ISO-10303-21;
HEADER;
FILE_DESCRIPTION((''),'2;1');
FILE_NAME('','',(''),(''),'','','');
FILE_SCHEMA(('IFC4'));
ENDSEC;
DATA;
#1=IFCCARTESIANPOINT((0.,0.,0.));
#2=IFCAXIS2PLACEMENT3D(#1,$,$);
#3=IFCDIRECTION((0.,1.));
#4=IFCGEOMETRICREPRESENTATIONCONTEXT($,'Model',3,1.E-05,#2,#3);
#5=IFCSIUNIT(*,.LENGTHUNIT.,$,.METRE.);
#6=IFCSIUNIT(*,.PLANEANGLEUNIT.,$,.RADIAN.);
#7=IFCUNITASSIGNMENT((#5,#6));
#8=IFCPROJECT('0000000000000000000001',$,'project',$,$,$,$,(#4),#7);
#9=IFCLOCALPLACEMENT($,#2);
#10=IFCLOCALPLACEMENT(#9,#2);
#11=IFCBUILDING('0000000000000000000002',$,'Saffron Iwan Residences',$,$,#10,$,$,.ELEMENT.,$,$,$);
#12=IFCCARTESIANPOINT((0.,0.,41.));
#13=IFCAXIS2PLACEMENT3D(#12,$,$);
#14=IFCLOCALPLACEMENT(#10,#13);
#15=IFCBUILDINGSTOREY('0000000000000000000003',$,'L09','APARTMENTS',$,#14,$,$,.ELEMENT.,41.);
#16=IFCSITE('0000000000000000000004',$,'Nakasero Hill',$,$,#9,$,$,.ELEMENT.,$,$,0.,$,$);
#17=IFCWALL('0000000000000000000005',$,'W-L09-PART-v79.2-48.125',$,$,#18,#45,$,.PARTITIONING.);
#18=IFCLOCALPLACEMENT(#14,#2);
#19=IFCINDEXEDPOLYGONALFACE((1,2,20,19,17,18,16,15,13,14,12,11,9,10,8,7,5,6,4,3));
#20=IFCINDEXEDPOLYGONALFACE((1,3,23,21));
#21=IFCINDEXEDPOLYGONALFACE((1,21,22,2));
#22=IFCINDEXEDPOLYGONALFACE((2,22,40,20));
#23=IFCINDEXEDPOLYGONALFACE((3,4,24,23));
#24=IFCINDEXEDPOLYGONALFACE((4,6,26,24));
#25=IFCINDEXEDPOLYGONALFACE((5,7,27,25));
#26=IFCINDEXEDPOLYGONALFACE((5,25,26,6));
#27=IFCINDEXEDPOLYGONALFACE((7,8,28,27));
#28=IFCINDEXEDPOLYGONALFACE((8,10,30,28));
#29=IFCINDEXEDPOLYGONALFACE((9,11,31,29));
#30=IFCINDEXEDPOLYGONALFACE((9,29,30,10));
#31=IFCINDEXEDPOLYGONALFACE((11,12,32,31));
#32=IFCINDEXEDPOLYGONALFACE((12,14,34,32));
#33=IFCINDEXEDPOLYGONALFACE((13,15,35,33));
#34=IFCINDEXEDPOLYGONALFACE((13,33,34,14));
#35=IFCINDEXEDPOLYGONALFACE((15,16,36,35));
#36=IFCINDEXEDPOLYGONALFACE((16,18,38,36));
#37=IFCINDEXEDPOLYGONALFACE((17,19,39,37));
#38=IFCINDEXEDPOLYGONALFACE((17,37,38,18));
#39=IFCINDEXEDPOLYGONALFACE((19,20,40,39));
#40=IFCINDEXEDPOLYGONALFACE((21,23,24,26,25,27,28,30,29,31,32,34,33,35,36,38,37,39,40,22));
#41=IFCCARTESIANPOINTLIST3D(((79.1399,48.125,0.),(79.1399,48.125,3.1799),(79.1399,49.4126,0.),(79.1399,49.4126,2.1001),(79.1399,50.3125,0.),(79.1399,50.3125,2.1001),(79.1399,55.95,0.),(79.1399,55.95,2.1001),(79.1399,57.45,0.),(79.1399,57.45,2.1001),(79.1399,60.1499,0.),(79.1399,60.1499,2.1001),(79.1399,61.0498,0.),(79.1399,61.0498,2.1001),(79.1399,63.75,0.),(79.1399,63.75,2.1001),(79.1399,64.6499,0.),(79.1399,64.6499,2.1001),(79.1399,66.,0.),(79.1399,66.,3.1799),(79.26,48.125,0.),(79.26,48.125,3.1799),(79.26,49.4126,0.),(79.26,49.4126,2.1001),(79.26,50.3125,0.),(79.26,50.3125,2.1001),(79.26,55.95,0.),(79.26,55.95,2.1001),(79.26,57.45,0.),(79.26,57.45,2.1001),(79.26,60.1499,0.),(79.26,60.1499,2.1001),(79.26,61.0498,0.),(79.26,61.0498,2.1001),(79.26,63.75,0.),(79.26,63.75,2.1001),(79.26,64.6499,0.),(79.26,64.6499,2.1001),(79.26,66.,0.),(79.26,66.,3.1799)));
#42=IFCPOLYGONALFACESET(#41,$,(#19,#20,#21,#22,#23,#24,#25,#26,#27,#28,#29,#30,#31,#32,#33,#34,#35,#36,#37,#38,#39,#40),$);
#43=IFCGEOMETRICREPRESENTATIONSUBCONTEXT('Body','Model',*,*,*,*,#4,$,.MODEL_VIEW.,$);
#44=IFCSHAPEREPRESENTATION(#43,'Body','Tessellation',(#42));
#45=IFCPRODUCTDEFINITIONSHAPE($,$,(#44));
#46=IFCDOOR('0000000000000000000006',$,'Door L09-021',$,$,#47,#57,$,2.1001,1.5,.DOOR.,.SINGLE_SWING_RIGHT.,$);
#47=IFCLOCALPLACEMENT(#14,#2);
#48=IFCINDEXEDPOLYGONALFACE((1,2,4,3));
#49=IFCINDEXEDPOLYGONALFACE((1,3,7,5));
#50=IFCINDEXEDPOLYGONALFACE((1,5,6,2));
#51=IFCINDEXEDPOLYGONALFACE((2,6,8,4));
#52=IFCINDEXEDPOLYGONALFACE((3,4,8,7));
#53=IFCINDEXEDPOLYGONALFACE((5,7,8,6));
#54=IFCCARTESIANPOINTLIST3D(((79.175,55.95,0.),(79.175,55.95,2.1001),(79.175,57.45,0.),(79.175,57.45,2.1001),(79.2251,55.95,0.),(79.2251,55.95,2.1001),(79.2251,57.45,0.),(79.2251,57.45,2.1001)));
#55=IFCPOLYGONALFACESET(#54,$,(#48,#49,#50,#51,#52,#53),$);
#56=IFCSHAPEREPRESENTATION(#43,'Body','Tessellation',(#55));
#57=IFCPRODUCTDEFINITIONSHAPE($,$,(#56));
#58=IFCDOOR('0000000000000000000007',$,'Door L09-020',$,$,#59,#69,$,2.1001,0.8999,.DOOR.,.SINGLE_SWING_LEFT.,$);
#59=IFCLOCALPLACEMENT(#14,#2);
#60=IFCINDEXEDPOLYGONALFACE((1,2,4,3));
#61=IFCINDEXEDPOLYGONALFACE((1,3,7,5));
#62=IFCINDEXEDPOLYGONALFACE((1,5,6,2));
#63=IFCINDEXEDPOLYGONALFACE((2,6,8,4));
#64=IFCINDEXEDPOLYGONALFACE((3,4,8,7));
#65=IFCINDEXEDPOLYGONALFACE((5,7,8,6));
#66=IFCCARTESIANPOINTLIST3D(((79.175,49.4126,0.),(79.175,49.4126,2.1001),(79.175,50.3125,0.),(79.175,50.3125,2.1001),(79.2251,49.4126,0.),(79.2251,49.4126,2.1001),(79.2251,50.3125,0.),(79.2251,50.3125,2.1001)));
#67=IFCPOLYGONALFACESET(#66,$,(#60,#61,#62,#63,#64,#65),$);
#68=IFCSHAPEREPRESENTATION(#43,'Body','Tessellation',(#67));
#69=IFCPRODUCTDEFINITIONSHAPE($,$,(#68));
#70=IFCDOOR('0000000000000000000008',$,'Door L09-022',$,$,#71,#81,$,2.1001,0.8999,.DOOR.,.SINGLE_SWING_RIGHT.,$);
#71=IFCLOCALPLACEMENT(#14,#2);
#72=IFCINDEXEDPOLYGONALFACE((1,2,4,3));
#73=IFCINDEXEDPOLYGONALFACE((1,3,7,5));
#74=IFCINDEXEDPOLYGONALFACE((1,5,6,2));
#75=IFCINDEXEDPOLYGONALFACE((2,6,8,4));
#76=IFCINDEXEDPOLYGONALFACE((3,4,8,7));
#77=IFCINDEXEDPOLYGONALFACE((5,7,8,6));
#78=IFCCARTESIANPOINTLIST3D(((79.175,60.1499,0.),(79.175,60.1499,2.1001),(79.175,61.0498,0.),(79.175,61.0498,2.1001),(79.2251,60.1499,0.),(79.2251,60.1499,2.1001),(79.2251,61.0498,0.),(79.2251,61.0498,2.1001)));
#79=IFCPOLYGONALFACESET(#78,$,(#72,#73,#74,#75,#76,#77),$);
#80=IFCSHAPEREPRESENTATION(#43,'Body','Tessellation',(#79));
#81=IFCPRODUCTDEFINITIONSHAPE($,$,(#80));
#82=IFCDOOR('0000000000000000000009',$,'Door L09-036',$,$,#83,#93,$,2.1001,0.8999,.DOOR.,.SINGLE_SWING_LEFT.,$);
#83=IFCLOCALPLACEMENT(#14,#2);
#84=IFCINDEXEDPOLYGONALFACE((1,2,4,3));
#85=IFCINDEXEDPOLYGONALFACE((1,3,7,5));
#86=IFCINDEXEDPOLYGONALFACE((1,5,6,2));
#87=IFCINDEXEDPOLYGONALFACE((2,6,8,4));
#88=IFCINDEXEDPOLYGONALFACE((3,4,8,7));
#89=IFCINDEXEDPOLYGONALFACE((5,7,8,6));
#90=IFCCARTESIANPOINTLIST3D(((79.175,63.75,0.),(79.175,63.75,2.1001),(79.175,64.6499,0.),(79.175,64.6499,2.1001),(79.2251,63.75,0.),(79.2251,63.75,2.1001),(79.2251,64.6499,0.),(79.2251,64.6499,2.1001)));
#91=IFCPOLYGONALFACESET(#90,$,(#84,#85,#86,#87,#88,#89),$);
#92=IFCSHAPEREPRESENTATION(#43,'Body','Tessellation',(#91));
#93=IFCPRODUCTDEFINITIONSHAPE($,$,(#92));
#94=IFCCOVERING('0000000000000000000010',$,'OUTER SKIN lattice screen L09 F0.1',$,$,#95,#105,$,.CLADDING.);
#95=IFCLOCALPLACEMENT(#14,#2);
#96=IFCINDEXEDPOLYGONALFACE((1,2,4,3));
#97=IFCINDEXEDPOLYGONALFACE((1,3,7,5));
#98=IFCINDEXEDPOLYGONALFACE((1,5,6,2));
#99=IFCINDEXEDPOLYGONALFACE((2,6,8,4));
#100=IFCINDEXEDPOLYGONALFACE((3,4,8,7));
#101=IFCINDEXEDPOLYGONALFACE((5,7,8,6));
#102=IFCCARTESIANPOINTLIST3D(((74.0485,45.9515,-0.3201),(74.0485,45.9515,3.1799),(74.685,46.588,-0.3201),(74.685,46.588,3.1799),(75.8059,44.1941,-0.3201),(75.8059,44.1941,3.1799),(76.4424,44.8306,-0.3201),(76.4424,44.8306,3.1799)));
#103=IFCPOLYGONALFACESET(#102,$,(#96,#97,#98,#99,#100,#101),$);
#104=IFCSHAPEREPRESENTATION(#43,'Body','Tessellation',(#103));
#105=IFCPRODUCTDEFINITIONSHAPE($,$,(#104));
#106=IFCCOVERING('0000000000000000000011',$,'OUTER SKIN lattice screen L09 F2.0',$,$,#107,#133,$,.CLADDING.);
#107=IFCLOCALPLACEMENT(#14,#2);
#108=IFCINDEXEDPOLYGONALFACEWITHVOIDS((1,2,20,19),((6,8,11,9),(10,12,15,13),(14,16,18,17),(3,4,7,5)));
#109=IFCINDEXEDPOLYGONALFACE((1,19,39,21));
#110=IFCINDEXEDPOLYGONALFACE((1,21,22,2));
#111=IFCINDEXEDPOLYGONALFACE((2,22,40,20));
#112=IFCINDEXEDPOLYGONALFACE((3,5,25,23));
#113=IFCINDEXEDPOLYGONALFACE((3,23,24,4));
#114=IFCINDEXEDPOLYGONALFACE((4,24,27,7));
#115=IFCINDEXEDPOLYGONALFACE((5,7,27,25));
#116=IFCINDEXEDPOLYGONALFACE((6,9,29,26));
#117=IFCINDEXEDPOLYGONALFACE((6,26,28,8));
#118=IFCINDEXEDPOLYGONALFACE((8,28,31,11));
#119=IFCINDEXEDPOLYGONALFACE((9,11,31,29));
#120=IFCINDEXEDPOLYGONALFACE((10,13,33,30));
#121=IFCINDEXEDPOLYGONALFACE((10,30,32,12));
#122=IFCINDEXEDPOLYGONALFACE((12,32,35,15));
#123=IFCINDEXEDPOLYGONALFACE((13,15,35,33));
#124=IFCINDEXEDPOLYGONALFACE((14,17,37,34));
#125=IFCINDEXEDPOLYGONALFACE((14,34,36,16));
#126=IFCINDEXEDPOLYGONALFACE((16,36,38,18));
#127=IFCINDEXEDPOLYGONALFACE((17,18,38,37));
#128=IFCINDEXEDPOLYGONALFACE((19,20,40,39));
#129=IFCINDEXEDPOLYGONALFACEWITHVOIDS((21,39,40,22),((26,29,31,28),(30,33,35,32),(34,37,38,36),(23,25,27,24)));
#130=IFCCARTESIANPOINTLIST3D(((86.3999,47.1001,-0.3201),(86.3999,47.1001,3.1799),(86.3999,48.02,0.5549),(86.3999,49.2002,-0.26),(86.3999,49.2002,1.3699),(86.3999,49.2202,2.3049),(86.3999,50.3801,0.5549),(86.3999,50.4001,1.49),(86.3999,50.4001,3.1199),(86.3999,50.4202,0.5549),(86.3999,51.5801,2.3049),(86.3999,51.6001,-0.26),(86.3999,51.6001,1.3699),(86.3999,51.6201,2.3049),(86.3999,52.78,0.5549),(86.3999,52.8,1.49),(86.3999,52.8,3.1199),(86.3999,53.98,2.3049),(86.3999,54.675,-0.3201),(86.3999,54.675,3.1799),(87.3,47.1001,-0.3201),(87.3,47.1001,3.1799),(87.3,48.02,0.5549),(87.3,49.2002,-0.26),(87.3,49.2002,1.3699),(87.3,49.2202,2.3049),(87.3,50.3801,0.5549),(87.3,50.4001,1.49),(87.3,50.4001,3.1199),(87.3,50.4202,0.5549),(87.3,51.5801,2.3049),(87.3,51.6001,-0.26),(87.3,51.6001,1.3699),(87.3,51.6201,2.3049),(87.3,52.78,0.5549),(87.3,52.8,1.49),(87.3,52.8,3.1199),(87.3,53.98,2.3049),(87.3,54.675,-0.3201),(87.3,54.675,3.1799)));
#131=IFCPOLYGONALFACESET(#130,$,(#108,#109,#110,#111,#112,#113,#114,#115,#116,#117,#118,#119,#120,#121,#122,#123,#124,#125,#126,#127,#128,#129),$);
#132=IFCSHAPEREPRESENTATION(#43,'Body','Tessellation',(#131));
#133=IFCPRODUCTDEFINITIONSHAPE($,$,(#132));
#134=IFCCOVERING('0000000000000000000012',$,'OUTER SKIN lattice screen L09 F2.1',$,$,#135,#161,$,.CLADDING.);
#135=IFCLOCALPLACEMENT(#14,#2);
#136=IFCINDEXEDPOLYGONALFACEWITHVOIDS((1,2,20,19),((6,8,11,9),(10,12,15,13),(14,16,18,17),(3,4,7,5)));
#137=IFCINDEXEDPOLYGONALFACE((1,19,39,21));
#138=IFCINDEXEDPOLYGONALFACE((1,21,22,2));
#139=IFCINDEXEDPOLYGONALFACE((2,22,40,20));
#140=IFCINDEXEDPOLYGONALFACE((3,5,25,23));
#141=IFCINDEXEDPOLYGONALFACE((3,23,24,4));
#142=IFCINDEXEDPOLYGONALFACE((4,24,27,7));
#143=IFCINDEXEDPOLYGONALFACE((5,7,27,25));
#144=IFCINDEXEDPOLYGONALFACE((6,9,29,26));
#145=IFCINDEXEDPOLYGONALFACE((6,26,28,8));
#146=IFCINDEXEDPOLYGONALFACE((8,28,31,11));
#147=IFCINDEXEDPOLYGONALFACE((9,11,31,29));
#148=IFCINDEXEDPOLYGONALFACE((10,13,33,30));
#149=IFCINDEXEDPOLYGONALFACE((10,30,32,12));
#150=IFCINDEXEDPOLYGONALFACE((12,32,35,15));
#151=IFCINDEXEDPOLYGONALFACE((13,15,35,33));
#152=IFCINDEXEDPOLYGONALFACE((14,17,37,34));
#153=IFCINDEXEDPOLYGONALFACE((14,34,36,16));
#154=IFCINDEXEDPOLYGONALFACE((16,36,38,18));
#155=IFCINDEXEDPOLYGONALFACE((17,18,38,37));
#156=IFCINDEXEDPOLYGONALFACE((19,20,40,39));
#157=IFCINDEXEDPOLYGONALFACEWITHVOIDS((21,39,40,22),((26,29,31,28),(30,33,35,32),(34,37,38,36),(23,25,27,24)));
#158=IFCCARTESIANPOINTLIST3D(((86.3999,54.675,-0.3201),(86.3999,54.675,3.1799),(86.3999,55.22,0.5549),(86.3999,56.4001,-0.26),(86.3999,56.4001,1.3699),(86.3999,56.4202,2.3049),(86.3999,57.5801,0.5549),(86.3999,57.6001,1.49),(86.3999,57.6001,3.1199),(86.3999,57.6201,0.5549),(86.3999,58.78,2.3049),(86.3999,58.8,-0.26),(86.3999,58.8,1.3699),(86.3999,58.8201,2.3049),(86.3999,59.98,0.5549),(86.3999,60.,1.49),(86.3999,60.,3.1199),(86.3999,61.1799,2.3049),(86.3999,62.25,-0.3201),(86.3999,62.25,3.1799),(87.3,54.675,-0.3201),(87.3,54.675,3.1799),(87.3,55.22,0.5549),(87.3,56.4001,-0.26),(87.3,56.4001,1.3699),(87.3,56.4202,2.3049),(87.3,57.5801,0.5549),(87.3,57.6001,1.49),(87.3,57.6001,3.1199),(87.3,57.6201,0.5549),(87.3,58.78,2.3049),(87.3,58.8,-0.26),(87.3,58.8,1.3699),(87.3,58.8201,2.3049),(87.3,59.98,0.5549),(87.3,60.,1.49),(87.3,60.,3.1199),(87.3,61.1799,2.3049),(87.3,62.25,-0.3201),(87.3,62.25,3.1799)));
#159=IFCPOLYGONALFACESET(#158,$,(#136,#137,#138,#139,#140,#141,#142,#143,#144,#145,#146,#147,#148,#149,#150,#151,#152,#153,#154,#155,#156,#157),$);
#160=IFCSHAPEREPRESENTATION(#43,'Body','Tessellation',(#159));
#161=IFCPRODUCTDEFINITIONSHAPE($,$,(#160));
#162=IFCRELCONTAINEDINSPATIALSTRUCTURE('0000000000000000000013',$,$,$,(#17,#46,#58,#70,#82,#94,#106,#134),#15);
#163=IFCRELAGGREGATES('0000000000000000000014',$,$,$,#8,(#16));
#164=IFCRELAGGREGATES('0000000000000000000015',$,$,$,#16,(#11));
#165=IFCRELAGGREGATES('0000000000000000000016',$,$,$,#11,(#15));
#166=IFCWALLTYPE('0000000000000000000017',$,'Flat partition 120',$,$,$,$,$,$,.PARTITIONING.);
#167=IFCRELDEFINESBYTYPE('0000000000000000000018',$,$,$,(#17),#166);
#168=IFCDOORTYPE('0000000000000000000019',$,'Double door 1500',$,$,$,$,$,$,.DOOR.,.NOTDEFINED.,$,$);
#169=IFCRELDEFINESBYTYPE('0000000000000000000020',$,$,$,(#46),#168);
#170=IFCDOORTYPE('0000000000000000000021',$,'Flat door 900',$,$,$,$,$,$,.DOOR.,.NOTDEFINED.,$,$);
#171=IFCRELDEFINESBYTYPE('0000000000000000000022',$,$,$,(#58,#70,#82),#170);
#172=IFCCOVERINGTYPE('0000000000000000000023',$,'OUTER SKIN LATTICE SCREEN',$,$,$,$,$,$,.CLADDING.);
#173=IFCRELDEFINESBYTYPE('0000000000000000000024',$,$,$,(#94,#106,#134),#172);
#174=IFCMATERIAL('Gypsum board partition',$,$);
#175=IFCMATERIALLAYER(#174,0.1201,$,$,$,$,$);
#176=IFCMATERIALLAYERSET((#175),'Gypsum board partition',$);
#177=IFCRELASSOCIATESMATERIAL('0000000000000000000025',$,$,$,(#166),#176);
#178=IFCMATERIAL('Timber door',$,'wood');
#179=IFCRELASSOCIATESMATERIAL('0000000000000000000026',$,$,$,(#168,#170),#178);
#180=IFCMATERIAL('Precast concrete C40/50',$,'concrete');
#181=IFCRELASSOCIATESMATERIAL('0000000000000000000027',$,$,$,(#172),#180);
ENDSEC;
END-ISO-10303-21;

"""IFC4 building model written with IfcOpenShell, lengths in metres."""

from ifc_helpers import new_model, si_unit, direction, frame, frame_2d, origin, place, context, subcontext, project, spatial, polyline, rectangle, outline, extrude, material, layer, layer_set, type_object, element, fill, save


model = new_model("IFC4")

# Units and contexts
model_context = context("Model", 3, precision=1e-05, world=origin(), true_north=direction((0.0, 1.0)))
body_context = subcontext(model_context, "Body", "Model", "MODEL_VIEW")
ifc_project = project(units=[si_unit("LENGTHUNIT", "METRE"), si_unit("PLANEANGLEUNIT", "RADIAN")], contexts=[model_context])

# Site, building, storey
site_placement = place(None, origin())
site = spatial("IfcSite", under=ifc_project, at=site_placement, Name="Nakasero Hill", CompositionType="ELEMENT", RefElevation=0.0)
building_placement = place(site_placement, origin())
building = spatial("IfcBuilding", under=site, at=building_placement, Name="Saffron Iwan Residences", CompositionType="ELEMENT")
storey_placement = place(building_placement, frame((0.0, 0.0, 41.0)))
storey = spatial("IfcBuildingStorey", under=building, at=storey_placement, Name="L09", Description="APARTMENTS", CompositionType="ELEMENT", Elevation=41.0)

# Shared definitions
ifc_material_1 = material(Name="Gypsum board partition")
ifc_layer_1 = layer(ifc_material_1, 0.1201)
ifc_layer_set_1 = layer_set([ifc_layer_1], Name="Gypsum board partition")
wall_type_1 = type_object("IfcWallType", Name="Flat partition 120", PredefinedType="PARTITIONING", material=ifc_layer_set_1)

# Shared definitions
ifc_material_2 = material(Name="Timber door", Category="wood")

# Wall, openings, doors
wall_1_placement = place(storey_placement, frame((79.2, 48.125, 0.0), z_axis=(0.0, 0.0, 1.0), x_axis=(0.0, 1.0, 0.0)))
wall_1 = element("IfcWall", 1, at=wall_1_placement, inside=storey, type_object=wall_type_1, Name="W-L09-PART-v79.2-48.125", PredefinedType="PARTITIONING", context=body_context, shape_type="SweptSolid", body=[
    extrude(rectangle(XDim=17.875, YDim=0.1201, at=frame_2d((8.9375, 0.0))), origin(), (0.0, 0.0, 1.0), 3.1799),
])
opening_1_placement = place(wall_1_placement, frame((1.2876, 0.0, 0.0)))
opening_1 = element("IfcOpeningElement", 2, at=opening_1_placement, cuts=wall_1, PredefinedType="OPENING", context=body_context, shape_type="SweptSolid", body=[
    extrude(rectangle(XDim=0.8999, YDim=2.1001, at=frame_2d((0.45, 1.05))), frame((0.0, 0.0701, 0.0), z_axis=(0.0, -1.0, 0.0), x_axis=(1.0, 0.0, 0.0)), (0.0, 0.0, 1.0), 0.1401),
])
opening_2_placement = place(wall_1_placement, frame((7.825, 0.0, 0.0)))
opening_2 = element("IfcOpeningElement", 3, at=opening_2_placement, cuts=wall_1, PredefinedType="OPENING", context=body_context, shape_type="SweptSolid", body=[
    extrude(rectangle(XDim=1.5, YDim=2.1001, at=frame_2d((0.75, 1.05))), frame((0.0, 0.0701, 0.0), z_axis=(0.0, -1.0, 0.0), x_axis=(1.0, 0.0, 0.0)), (0.0, 0.0, 1.0), 0.1401),
])
opening_3_placement = place(wall_1_placement, frame((12.0249, 0.0, 0.0)))
opening_3 = element("IfcOpeningElement", 4, at=opening_3_placement, cuts=wall_1, PredefinedType="OPENING", context=body_context, shape_type="SweptSolid", body=[
    extrude(rectangle(XDim=0.8999, YDim=2.1001, at=frame_2d((0.45, 1.05))), frame((0.0, 0.0701, 0.0), z_axis=(0.0, -1.0, 0.0), x_axis=(1.0, 0.0, 0.0)), (0.0, 0.0, 1.0), 0.1401),
])
opening_4_placement = place(wall_1_placement, frame((15.625, 0.0, 0.0)))
opening_4 = element("IfcOpeningElement", 5, at=opening_4_placement, cuts=wall_1, PredefinedType="OPENING", context=body_context, shape_type="SweptSolid", body=[
    extrude(rectangle(XDim=0.8999, YDim=2.1001, at=frame_2d((0.45, 1.05))), frame((0.0, 0.0701, 0.0), z_axis=(0.0, -1.0, 0.0), x_axis=(1.0, 0.0, 0.0)), (0.0, 0.0, 1.0), 0.1401),
])
door_type_1 = type_object("IfcDoorType", Name="Double door 1500", OperationType="NOTDEFINED", PredefinedType="DOOR", material=ifc_material_2)
door_1_placement = place(opening_2_placement, origin())
door_1 = element("IfcDoor", 6, at=door_1_placement, inside=storey, type_object=door_type_1, Name="Door L09-021", OperationType="SINGLE_SWING_RIGHT", OverallHeight=2.1001, OverallWidth=1.5, PredefinedType="DOOR", context=body_context, shape_type="SweptSolid", body=[
    extrude(rectangle(XDim=1.5, YDim=2.1001, at=frame_2d((0.75, 1.05))), frame((0.0, 0.0249, 0.0), z_axis=(0.0, -1.0, 0.0), x_axis=(1.0, 0.0, 0.0)), (0.0, 0.0, 1.0), 0.05),
])
fill(opening_2, door_1)
door_type_2 = type_object("IfcDoorType", Name="Flat door 900", OperationType="NOTDEFINED", PredefinedType="DOOR", material=ifc_material_2)
door_2_placement = place(opening_1_placement, origin())
door_2 = element("IfcDoor", 7, at=door_2_placement, inside=storey, type_object=door_type_2, Name="Door L09-020", OperationType="SINGLE_SWING_LEFT", OverallHeight=2.1001, OverallWidth=0.8999, PredefinedType="DOOR", context=body_context, shape_type="SweptSolid", body=[
    extrude(rectangle(XDim=0.8999, YDim=2.1001, at=frame_2d((0.45, 1.05))), frame((0.0, 0.0249, 0.0), z_axis=(0.0, -1.0, 0.0), x_axis=(1.0, 0.0, 0.0)), (0.0, 0.0, 1.0), 0.05),
])
fill(opening_1, door_2)
door_3_placement = place(opening_3_placement, origin())
door_3 = element("IfcDoor", 8, at=door_3_placement, inside=storey, type_object=door_type_2, Name="Door L09-022", OperationType="SINGLE_SWING_RIGHT", OverallHeight=2.1001, OverallWidth=0.8999, PredefinedType="DOOR", context=body_context, shape_type="SweptSolid", body=[
    extrude(rectangle(XDim=0.8999, YDim=2.1001, at=frame_2d((0.45, 1.05))), frame((0.0, 0.0249, 0.0), z_axis=(0.0, -1.0, 0.0), x_axis=(1.0, 0.0, 0.0)), (0.0, 0.0, 1.0), 0.05),
])
fill(opening_3, door_3)
door_4_placement = place(opening_4_placement, origin())
door_4 = element("IfcDoor", 9, at=door_4_placement, inside=storey, type_object=door_type_2, Name="Door L09-036", OperationType="SINGLE_SWING_LEFT", OverallHeight=2.1001, OverallWidth=0.8999, PredefinedType="DOOR", context=body_context, shape_type="SweptSolid", body=[
    extrude(rectangle(XDim=0.8999, YDim=2.1001, at=frame_2d((0.45, 1.05))), frame((0.0, 0.0249, 0.0), z_axis=(0.0, -1.0, 0.0), x_axis=(1.0, 0.0, 0.0)), (0.0, 0.0, 1.0), 0.05),
])
fill(opening_4, door_4)

# Coverings
ifc_material_3 = material(Name="Precast concrete C40/50", Category="concrete")
covering_type = type_object("IfcCoveringType", Name="OUTER SKIN LATTICE SCREEN", PredefinedType="CLADDING", material=ifc_material_3)
covering_1_placement = place(storey_placement, frame((75.8059, 44.1941, -0.3201), z_axis=(0.707107, 0.707107, 0.0), x_axis=(-0.707107, 0.707107, 0.0)))
element("IfcCovering", 10, at=covering_1_placement, inside=storey, type_object=covering_type, Name="OUTER SKIN lattice screen L09 F0.1", PredefinedType="CLADDING", context=body_context, shape_type="SweptSolid", body=[
    extrude(outline(polyline([(0.0, 0.0), (2.4854, 0.0), (2.4854, 3.5), (0.0, 3.5), (0.0, 0.0)])), origin(), (0.0, 0.0, 1.0), 0.9001),
])
covering_2_placement = place(storey_placement, frame((86.3999, 47.1001, -0.3201), z_axis=(1.0, 0.0, 0.0), x_axis=(0.0, 1.0, 0.0)))
element("IfcCovering", 11, at=covering_2_placement, inside=storey, type_object=covering_type, Name="OUTER SKIN lattice screen L09 F2.0", PredefinedType="CLADDING", context=body_context, shape_type="SweptSolid", body=[
    extrude(outline(polyline([(0.0, 0.0), (7.575, 0.0), (7.575, 3.5), (0.0, 3.5), (0.0, 0.0)]), holes=[polyline([(0.9199, 0.875), (2.1001, 0.0601), (3.28, 0.875), (2.1001, 1.6899), (0.9199, 0.875)]), polyline([(3.3201, 0.875), (4.5, 0.0601), (5.6799, 0.875), (4.5, 1.6899), (3.3201, 0.875)]), polyline([(2.1201, 2.625), (3.3, 1.8101), (4.48, 2.625), (3.3, 3.4399), (2.1201, 2.625)]), polyline([(4.52, 2.625), (5.7, 1.8101), (6.8799, 2.625), (5.7, 3.4399), (4.52, 2.625)])]), origin(), (0.0, 0.0, 1.0), 0.9001),
])
covering_3_placement = place(storey_placement, frame((86.3999, 54.675, -0.3201), z_axis=(1.0, 0.0, 0.0), x_axis=(0.0, 1.0, 0.0)))
element("IfcCovering", 12, at=covering_3_placement, inside=storey, type_object=covering_type, Name="OUTER SKIN lattice screen L09 F2.1", PredefinedType="CLADDING", context=body_context, shape_type="SweptSolid", body=[
    extrude(outline(polyline([(0.0, 0.0), (7.575, 0.0), (7.575, 3.5), (0.0, 3.5), (0.0, 0.0)]), holes=[polyline([(0.5449, 0.875), (1.7251, 0.0601), (2.905, 0.875), (1.7251, 1.6899), (0.5449, 0.875)]), polyline([(2.9451, 0.875), (4.125, 0.0601), (5.3049, 0.875), (4.125, 1.6899), (2.9451, 0.875)]), polyline([(1.7451, 2.625), (2.925, 1.8101), (4.105, 2.625), (2.925, 3.4399), (1.7451, 2.625)]), polyline([(4.145, 2.625), (5.325, 1.8101), (6.5049, 2.625), (5.325, 3.4399), (4.145, 2.625)])]), origin(), (0.0, 0.0, 1.0), 0.9001),
])

save(model, "model.ifc")
